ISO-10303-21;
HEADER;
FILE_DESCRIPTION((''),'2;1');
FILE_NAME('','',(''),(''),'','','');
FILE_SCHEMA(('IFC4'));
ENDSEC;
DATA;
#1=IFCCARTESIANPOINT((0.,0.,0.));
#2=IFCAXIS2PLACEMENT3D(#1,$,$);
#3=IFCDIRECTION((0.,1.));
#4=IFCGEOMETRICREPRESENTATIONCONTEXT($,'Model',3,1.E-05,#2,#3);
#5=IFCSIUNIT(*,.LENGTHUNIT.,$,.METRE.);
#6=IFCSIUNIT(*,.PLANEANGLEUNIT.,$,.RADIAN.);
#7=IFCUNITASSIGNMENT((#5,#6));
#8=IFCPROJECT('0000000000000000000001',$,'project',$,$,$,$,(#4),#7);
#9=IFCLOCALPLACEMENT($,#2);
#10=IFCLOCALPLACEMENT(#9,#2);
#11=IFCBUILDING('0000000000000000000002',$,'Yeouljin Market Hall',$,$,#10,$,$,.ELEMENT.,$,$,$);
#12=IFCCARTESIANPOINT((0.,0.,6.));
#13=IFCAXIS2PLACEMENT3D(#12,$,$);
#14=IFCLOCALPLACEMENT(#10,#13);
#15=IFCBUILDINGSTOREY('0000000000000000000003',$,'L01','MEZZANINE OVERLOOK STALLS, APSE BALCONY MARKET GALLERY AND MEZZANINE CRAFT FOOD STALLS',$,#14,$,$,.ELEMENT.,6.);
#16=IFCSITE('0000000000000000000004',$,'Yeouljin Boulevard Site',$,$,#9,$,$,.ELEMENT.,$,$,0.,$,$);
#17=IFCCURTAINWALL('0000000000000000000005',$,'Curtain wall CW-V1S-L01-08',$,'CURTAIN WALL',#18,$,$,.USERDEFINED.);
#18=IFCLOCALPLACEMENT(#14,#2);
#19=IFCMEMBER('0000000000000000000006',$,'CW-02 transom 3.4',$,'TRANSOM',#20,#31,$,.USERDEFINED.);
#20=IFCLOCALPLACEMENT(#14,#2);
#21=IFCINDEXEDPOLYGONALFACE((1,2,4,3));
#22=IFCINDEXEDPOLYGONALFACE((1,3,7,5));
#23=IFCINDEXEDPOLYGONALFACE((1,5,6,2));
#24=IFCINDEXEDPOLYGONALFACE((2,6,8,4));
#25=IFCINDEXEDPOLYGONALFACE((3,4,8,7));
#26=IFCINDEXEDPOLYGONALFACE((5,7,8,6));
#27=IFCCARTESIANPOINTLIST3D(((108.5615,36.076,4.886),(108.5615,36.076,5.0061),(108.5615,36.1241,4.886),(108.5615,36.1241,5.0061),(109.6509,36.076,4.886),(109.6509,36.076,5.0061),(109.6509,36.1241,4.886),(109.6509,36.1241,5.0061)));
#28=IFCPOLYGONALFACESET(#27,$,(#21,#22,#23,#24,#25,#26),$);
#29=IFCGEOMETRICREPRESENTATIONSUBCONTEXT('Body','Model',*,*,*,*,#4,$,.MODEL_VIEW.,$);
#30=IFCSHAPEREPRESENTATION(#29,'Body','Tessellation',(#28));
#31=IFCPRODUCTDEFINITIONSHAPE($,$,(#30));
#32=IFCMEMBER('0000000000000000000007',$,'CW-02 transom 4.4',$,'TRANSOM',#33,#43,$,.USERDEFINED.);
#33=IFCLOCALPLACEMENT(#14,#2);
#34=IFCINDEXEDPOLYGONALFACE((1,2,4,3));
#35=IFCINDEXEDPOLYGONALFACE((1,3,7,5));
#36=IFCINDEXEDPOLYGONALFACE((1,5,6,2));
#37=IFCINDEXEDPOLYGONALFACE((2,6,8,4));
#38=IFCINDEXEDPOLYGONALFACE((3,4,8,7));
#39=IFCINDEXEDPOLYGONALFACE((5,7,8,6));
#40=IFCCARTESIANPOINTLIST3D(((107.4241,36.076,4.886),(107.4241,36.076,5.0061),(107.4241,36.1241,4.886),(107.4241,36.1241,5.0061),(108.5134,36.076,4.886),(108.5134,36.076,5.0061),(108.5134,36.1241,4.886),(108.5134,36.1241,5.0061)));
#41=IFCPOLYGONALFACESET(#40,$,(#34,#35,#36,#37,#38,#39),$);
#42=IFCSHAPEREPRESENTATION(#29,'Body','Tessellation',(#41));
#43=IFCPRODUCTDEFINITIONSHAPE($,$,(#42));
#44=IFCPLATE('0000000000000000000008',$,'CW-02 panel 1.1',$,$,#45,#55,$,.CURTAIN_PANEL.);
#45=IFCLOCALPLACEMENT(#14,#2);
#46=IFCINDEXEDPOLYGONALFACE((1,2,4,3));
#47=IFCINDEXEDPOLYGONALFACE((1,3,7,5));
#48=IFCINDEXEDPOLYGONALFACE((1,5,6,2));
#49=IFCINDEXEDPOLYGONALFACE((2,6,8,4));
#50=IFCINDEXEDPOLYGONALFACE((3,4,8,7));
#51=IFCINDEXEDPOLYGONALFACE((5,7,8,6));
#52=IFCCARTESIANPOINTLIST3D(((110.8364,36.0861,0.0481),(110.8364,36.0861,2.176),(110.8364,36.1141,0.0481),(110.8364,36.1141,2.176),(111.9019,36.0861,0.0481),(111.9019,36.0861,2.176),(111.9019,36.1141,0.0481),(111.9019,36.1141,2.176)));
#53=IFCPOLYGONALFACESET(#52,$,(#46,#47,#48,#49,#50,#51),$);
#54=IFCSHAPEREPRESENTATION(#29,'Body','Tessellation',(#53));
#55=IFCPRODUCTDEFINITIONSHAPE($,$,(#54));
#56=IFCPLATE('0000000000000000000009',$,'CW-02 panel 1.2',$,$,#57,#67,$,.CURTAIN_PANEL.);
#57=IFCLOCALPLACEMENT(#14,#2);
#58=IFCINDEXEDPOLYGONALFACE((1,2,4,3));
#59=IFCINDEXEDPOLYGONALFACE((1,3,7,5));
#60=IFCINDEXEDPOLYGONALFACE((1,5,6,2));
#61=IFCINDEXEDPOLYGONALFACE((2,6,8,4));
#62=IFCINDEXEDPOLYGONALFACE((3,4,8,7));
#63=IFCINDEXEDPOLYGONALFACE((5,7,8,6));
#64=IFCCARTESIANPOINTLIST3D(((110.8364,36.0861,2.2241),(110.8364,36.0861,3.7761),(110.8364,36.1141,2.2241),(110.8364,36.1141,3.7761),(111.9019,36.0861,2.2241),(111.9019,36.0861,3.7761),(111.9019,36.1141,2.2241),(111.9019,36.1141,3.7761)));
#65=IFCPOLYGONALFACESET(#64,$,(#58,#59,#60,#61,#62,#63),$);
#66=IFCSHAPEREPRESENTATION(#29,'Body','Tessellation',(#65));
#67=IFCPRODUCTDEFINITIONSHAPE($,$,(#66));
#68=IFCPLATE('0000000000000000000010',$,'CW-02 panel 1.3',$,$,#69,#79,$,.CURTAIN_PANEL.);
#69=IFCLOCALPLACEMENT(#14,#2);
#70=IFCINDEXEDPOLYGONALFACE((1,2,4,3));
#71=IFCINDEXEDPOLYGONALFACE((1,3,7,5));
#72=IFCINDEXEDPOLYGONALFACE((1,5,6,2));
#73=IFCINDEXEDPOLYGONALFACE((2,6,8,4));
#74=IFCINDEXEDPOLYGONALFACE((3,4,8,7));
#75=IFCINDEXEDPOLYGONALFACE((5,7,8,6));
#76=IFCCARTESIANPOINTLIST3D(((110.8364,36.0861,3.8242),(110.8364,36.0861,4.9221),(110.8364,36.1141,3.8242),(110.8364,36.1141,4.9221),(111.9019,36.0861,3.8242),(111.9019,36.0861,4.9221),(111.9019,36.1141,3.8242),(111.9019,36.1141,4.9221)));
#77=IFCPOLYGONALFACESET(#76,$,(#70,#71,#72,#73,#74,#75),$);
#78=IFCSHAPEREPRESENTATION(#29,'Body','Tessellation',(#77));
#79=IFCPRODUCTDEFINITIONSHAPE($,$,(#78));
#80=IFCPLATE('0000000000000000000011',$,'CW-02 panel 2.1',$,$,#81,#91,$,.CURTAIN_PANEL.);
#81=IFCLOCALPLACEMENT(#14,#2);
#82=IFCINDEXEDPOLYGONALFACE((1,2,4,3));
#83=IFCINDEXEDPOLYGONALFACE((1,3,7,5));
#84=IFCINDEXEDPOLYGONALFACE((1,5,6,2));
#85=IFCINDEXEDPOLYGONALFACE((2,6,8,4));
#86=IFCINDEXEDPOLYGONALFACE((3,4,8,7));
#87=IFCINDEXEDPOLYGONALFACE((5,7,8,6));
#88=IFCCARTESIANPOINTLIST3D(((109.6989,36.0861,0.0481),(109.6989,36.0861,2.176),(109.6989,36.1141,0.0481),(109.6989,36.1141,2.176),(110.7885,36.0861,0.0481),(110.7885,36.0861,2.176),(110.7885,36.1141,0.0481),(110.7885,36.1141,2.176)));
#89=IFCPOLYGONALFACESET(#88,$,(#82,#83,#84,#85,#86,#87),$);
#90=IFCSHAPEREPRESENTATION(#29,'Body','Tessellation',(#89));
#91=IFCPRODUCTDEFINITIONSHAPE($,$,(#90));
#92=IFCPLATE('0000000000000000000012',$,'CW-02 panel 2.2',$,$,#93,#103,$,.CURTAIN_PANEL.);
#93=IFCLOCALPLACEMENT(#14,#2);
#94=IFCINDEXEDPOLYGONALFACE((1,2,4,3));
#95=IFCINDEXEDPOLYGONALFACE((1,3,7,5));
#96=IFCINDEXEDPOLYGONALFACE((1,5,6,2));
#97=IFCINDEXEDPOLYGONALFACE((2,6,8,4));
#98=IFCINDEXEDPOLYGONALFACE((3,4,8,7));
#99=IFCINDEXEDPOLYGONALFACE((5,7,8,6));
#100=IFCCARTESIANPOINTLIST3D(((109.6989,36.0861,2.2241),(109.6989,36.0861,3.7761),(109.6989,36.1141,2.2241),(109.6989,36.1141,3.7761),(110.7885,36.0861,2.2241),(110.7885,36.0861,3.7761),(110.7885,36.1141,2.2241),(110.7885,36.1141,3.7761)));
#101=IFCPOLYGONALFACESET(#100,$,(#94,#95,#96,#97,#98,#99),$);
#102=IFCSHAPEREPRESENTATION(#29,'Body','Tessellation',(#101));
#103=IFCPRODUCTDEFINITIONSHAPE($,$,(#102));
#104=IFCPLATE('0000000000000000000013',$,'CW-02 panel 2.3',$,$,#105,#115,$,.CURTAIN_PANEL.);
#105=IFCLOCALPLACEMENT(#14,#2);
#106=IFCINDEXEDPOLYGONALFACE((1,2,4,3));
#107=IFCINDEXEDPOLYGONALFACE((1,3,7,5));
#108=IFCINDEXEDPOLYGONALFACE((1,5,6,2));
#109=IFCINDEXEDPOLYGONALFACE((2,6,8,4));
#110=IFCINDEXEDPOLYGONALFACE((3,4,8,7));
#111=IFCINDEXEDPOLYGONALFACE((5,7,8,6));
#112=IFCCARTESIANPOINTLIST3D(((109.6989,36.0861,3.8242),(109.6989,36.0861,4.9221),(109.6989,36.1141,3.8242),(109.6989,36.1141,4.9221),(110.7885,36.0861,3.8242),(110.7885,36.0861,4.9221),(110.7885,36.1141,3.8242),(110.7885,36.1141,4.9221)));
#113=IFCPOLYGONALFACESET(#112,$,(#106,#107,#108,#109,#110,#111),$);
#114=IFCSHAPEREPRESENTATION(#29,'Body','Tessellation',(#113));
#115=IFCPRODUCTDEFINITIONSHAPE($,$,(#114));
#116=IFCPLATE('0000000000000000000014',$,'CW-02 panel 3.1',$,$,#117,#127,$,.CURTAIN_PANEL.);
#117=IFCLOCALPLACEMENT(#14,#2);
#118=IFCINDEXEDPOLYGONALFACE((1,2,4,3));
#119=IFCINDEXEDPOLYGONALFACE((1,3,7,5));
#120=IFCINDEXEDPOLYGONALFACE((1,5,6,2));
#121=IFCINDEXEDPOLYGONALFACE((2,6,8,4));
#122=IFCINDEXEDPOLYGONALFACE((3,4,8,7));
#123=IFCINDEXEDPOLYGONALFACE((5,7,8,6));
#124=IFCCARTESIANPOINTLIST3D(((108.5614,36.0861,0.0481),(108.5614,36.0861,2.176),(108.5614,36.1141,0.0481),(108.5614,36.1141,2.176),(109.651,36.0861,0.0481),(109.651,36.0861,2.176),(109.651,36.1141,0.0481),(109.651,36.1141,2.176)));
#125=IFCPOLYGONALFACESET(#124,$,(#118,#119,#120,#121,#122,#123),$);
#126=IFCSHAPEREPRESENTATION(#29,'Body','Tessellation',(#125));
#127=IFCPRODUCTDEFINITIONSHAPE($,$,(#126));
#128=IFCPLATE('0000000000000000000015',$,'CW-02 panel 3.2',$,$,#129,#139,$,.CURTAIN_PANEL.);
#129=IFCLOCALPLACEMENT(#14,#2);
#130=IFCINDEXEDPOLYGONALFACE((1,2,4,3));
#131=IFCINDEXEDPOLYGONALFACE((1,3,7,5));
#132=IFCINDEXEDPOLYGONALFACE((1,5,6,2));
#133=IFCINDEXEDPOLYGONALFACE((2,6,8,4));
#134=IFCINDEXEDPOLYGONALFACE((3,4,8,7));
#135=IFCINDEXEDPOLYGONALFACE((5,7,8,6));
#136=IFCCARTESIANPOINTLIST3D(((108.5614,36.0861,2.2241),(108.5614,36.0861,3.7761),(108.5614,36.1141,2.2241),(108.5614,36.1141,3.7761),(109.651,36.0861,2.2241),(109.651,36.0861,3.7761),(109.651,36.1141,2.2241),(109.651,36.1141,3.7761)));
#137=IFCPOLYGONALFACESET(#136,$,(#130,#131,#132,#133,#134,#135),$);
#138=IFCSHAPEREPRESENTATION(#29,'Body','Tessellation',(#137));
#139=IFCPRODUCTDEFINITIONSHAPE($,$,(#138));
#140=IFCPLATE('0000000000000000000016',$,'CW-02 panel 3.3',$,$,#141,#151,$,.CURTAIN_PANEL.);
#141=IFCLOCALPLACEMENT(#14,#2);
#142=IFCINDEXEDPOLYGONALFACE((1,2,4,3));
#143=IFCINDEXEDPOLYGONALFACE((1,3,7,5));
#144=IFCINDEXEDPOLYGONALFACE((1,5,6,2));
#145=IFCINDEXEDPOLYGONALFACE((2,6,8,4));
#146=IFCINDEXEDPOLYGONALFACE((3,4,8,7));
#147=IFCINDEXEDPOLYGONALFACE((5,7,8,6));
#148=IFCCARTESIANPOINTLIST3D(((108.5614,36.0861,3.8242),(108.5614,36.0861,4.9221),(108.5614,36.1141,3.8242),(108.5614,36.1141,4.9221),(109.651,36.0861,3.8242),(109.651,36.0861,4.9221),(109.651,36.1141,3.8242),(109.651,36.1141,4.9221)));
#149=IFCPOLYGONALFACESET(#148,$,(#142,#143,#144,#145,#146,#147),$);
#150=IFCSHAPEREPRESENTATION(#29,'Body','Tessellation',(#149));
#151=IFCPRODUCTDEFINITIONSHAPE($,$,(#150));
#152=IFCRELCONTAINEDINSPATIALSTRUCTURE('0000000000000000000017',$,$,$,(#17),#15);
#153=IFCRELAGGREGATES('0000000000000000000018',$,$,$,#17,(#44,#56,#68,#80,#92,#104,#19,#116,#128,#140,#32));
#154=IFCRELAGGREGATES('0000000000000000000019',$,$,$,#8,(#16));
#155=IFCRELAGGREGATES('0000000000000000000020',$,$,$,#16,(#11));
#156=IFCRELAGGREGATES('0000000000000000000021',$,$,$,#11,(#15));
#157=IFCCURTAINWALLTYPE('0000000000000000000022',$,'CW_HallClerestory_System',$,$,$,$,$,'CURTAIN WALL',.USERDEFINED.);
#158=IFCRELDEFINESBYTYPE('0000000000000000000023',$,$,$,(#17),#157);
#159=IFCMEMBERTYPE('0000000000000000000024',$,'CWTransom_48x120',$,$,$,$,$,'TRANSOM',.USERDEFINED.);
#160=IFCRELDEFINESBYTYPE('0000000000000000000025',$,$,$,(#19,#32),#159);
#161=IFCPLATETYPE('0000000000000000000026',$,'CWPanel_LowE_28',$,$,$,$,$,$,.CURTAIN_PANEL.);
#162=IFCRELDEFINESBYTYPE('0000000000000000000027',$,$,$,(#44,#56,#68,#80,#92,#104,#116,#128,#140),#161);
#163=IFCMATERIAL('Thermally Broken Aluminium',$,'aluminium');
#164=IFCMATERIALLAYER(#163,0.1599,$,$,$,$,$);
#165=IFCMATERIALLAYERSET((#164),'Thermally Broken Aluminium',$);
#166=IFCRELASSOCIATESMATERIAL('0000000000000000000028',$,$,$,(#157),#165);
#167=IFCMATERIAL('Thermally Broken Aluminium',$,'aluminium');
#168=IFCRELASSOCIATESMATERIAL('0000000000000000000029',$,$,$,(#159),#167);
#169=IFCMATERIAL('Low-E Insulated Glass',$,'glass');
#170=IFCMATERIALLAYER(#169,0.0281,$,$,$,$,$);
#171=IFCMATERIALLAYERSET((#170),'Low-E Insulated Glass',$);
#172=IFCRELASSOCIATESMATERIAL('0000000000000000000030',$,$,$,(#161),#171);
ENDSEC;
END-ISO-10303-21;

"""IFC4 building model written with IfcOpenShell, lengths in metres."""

from ifc_helpers import new_model, si_unit, direction, frame, origin, origin_2d, place, context, subcontext, project, spatial, rectangle, extrude, material, layer, layer_set, material_profile, profile_set, type_object, element, aggregate, save


model = new_model("IFC4")

# Units and contexts
model_context = context("Model", 3, precision=1e-05, world=origin(), true_north=direction((0.0, 1.0)))
body_context = subcontext(model_context, "Body", "Model", "MODEL_VIEW")
ifc_project = project(units=[si_unit("LENGTHUNIT", "METRE"), si_unit("PLANEANGLEUNIT", "RADIAN")], contexts=[model_context])

# Site, building, storey
site_placement = place(None, origin())
site = spatial("IfcSite", under=ifc_project, at=site_placement, Name="Yeouljin Boulevard Site", CompositionType="ELEMENT", RefElevation=0.0)
building_placement = place(site_placement, origin())
building = spatial("IfcBuilding", under=site, at=building_placement, Name="Yeouljin Market Hall", CompositionType="ELEMENT")
storey_placement = place(building_placement, frame((0.0, 0.0, 6.0)))
storey = spatial("IfcBuildingStorey", under=building, at=storey_placement, Name="L01", Description="MEZZANINE OVERLOOK STALLS, APSE BALCONY MARKET GALLERY AND MEZZANINE CRAFT FOOD STALLS", CompositionType="ELEMENT", Elevation=6.0)

# Curtain wall, members, plates
ifc_material_1 = material(Name="Thermally Broken Aluminium", Category="aluminium")
ifc_layer_1 = layer(ifc_material_1, 0.1599)
ifc_layer_set_1 = layer_set([ifc_layer_1], Name="Thermally Broken Aluminium")
curtain_wall_type = type_object("IfcCurtainWallType", Name="CW_HallClerestory_System", ElementType="CURTAIN WALL", PredefinedType="USERDEFINED", material=ifc_layer_set_1)
curtain_wall_placement = place(storey_placement, origin())
curtain_wall = element("IfcCurtainWall", 1, at=curtain_wall_placement, inside=storey, type_object=curtain_wall_type, Name="Curtain wall CW-V1S-L01-08", ObjectType="CURTAIN WALL", PredefinedType="USERDEFINED")
ifc_material_2 = material(Name="Thermally Broken Aluminium", Category="aluminium")
ifc_material_profile_1 = material_profile(ifc_material_2, rectangle(XDim=0.0481, YDim=0.1201, at=origin_2d()), Name="CW-TRAN-48x120")
ifc_profile_set_1 = profile_set([ifc_material_profile_1], Name="Thermally Broken Aluminium")
member_type_1 = type_object("IfcMemberType", Name="CWTransom_48x120", ElementType="TRANSOM", PredefinedType="USERDEFINED", material=ifc_profile_set_1)
member_1_placement = place(storey_placement, frame((109.6509, 36.1001, 4.946), z_axis=(-1.0, 0.0, 0.0), x_axis=(0.0, -1.0, 0.0)))
member_1 = element("IfcMember", 2, at=member_1_placement, type_object=member_type_1, Name="CW-02 transom 3.4", ObjectType="TRANSOM", PredefinedType="USERDEFINED", context=body_context, shape_type="SweptSolid", body=[
    extrude(rectangle(XDim=0.0481, YDim=0.1201, at=origin_2d()), origin(), (0.0, 0.0, 1.0), 1.0894),
])
member_2_placement = place(storey_placement, frame((108.5134, 36.1001, 4.946), z_axis=(-1.0, 0.0, 0.0), x_axis=(0.0, -1.0, 0.0)))
member_2 = element("IfcMember", 3, at=member_2_placement, type_object=member_type_1, Name="CW-02 transom 4.4", ObjectType="TRANSOM", PredefinedType="USERDEFINED", context=body_context, shape_type="SweptSolid", body=[
    extrude(rectangle(XDim=0.0481, YDim=0.1201, at=origin_2d()), origin(), (0.0, 0.0, 1.0), 1.0894),
])
ifc_material_3 = material(Name="Low-E Insulated Glass", Category="glass")
ifc_layer_2 = layer(ifc_material_3, 0.0281)
ifc_layer_set_2 = layer_set([ifc_layer_2], Name="Low-E Insulated Glass")
plate_type = type_object("IfcPlateType", Name="CWPanel_LowE_28", PredefinedType="CURTAIN_PANEL", material=ifc_layer_set_2)
plate_1_placement = place(storey_placement, frame((111.3691, 36.1001, 0.0481), z_axis=(0.0, 0.0, 1.0), x_axis=(-1.0, 0.0, 0.0)))
plate_1 = element("IfcPlate", 4, at=plate_1_placement, type_object=plate_type, Name="CW-02 panel 1.1", PredefinedType="CURTAIN_PANEL", context=body_context, shape_type="SweptSolid", body=[
    extrude(rectangle(XDim=1.0654, YDim=0.0281, at=origin_2d()), origin(), (0.0, 0.0, 1.0), 2.1279),
])
plate_2_placement = place(storey_placement, frame((111.3691, 36.1001, 2.2241), z_axis=(0.0, 0.0, 1.0), x_axis=(-1.0, 0.0, 0.0)))
plate_2 = element("IfcPlate", 5, at=plate_2_placement, type_object=plate_type, Name="CW-02 panel 1.2", PredefinedType="CURTAIN_PANEL", context=body_context, shape_type="SweptSolid", body=[
    extrude(rectangle(XDim=1.0654, YDim=0.0281, at=origin_2d()), origin(), (0.0, 0.0, 1.0), 1.552),
])
plate_3_placement = place(storey_placement, frame((111.3691, 36.1001, 3.8242), z_axis=(0.0, 0.0, 1.0), x_axis=(-1.0, 0.0, 0.0)))
plate_3 = element("IfcPlate", 6, at=plate_3_placement, type_object=plate_type, Name="CW-02 panel 1.3", PredefinedType="CURTAIN_PANEL", context=body_context, shape_type="SweptSolid", body=[
    extrude(rectangle(XDim=1.0654, YDim=0.0281, at=origin_2d()), origin(), (0.0, 0.0, 1.0), 1.0979),
])
plate_4_placement = place(storey_placement, frame((110.2437, 36.1001, 0.0481), z_axis=(0.0, 0.0, 1.0), x_axis=(-1.0, 0.0, 0.0)))
plate_4 = element("IfcPlate", 7, at=plate_4_placement, type_object=plate_type, Name="CW-02 panel 2.1", PredefinedType="CURTAIN_PANEL", context=body_context, shape_type="SweptSolid", body=[
    extrude(rectangle(XDim=1.0896, YDim=0.0281, at=origin_2d()), origin(), (0.0, 0.0, 1.0), 2.1279),
])
plate_5_placement = place(storey_placement, frame((110.2437, 36.1001, 2.2241), z_axis=(0.0, 0.0, 1.0), x_axis=(-1.0, 0.0, 0.0)))
plate_5 = element("IfcPlate", 8, at=plate_5_placement, type_object=plate_type, Name="CW-02 panel 2.2", PredefinedType="CURTAIN_PANEL", context=body_context, shape_type="SweptSolid", body=[
    extrude(rectangle(XDim=1.0896, YDim=0.0281, at=origin_2d()), origin(), (0.0, 0.0, 1.0), 1.552),
])
plate_6_placement = place(storey_placement, frame((110.2437, 36.1001, 3.8242), z_axis=(0.0, 0.0, 1.0), x_axis=(-1.0, 0.0, 0.0)))
plate_6 = element("IfcPlate", 9, at=plate_6_placement, type_object=plate_type, Name="CW-02 panel 2.3", PredefinedType="CURTAIN_PANEL", context=body_context, shape_type="SweptSolid", body=[
    extrude(rectangle(XDim=1.0896, YDim=0.0281, at=origin_2d()), origin(), (0.0, 0.0, 1.0), 1.0979),
])
plate_7_placement = place(storey_placement, frame((109.1062, 36.1001, 0.0481), z_axis=(0.0, 0.0, 1.0), x_axis=(-1.0, 0.0, 0.0)))
plate_7 = element("IfcPlate", 10, at=plate_7_placement, type_object=plate_type, Name="CW-02 panel 3.1", PredefinedType="CURTAIN_PANEL", context=body_context, shape_type="SweptSolid", body=[
    extrude(rectangle(XDim=1.0896, YDim=0.0281, at=origin_2d()), origin(), (0.0, 0.0, 1.0), 2.1279),
])
plate_8_placement = place(storey_placement, frame((109.1062, 36.1001, 2.2241), z_axis=(0.0, 0.0, 1.0), x_axis=(-1.0, 0.0, 0.0)))
plate_8 = element("IfcPlate", 11, at=plate_8_placement, type_object=plate_type, Name="CW-02 panel 3.2", PredefinedType="CURTAIN_PANEL", context=body_context, shape_type="SweptSolid", body=[
    extrude(rectangle(XDim=1.0896, YDim=0.0281, at=origin_2d()), origin(), (0.0, 0.0, 1.0), 1.552),
])
plate_9_placement = place(storey_placement, frame((109.1062, 36.1001, 3.8242), z_axis=(0.0, 0.0, 1.0), x_axis=(-1.0, 0.0, 0.0)))
plate_9 = element("IfcPlate", 12, at=plate_9_placement, type_object=plate_type, Name="CW-02 panel 3.3", PredefinedType="CURTAIN_PANEL", context=body_context, shape_type="SweptSolid", body=[
    extrude(rectangle(XDim=1.0896, YDim=0.0281, at=origin_2d()), origin(), (0.0, 0.0, 1.0), 1.0979),
])
aggregate(curtain_wall, [plate_1, plate_2, plate_3, plate_4, plate_5, plate_6, member_1, plate_7, plate_8, plate_9, member_2])

save(model, "model.ifc")
